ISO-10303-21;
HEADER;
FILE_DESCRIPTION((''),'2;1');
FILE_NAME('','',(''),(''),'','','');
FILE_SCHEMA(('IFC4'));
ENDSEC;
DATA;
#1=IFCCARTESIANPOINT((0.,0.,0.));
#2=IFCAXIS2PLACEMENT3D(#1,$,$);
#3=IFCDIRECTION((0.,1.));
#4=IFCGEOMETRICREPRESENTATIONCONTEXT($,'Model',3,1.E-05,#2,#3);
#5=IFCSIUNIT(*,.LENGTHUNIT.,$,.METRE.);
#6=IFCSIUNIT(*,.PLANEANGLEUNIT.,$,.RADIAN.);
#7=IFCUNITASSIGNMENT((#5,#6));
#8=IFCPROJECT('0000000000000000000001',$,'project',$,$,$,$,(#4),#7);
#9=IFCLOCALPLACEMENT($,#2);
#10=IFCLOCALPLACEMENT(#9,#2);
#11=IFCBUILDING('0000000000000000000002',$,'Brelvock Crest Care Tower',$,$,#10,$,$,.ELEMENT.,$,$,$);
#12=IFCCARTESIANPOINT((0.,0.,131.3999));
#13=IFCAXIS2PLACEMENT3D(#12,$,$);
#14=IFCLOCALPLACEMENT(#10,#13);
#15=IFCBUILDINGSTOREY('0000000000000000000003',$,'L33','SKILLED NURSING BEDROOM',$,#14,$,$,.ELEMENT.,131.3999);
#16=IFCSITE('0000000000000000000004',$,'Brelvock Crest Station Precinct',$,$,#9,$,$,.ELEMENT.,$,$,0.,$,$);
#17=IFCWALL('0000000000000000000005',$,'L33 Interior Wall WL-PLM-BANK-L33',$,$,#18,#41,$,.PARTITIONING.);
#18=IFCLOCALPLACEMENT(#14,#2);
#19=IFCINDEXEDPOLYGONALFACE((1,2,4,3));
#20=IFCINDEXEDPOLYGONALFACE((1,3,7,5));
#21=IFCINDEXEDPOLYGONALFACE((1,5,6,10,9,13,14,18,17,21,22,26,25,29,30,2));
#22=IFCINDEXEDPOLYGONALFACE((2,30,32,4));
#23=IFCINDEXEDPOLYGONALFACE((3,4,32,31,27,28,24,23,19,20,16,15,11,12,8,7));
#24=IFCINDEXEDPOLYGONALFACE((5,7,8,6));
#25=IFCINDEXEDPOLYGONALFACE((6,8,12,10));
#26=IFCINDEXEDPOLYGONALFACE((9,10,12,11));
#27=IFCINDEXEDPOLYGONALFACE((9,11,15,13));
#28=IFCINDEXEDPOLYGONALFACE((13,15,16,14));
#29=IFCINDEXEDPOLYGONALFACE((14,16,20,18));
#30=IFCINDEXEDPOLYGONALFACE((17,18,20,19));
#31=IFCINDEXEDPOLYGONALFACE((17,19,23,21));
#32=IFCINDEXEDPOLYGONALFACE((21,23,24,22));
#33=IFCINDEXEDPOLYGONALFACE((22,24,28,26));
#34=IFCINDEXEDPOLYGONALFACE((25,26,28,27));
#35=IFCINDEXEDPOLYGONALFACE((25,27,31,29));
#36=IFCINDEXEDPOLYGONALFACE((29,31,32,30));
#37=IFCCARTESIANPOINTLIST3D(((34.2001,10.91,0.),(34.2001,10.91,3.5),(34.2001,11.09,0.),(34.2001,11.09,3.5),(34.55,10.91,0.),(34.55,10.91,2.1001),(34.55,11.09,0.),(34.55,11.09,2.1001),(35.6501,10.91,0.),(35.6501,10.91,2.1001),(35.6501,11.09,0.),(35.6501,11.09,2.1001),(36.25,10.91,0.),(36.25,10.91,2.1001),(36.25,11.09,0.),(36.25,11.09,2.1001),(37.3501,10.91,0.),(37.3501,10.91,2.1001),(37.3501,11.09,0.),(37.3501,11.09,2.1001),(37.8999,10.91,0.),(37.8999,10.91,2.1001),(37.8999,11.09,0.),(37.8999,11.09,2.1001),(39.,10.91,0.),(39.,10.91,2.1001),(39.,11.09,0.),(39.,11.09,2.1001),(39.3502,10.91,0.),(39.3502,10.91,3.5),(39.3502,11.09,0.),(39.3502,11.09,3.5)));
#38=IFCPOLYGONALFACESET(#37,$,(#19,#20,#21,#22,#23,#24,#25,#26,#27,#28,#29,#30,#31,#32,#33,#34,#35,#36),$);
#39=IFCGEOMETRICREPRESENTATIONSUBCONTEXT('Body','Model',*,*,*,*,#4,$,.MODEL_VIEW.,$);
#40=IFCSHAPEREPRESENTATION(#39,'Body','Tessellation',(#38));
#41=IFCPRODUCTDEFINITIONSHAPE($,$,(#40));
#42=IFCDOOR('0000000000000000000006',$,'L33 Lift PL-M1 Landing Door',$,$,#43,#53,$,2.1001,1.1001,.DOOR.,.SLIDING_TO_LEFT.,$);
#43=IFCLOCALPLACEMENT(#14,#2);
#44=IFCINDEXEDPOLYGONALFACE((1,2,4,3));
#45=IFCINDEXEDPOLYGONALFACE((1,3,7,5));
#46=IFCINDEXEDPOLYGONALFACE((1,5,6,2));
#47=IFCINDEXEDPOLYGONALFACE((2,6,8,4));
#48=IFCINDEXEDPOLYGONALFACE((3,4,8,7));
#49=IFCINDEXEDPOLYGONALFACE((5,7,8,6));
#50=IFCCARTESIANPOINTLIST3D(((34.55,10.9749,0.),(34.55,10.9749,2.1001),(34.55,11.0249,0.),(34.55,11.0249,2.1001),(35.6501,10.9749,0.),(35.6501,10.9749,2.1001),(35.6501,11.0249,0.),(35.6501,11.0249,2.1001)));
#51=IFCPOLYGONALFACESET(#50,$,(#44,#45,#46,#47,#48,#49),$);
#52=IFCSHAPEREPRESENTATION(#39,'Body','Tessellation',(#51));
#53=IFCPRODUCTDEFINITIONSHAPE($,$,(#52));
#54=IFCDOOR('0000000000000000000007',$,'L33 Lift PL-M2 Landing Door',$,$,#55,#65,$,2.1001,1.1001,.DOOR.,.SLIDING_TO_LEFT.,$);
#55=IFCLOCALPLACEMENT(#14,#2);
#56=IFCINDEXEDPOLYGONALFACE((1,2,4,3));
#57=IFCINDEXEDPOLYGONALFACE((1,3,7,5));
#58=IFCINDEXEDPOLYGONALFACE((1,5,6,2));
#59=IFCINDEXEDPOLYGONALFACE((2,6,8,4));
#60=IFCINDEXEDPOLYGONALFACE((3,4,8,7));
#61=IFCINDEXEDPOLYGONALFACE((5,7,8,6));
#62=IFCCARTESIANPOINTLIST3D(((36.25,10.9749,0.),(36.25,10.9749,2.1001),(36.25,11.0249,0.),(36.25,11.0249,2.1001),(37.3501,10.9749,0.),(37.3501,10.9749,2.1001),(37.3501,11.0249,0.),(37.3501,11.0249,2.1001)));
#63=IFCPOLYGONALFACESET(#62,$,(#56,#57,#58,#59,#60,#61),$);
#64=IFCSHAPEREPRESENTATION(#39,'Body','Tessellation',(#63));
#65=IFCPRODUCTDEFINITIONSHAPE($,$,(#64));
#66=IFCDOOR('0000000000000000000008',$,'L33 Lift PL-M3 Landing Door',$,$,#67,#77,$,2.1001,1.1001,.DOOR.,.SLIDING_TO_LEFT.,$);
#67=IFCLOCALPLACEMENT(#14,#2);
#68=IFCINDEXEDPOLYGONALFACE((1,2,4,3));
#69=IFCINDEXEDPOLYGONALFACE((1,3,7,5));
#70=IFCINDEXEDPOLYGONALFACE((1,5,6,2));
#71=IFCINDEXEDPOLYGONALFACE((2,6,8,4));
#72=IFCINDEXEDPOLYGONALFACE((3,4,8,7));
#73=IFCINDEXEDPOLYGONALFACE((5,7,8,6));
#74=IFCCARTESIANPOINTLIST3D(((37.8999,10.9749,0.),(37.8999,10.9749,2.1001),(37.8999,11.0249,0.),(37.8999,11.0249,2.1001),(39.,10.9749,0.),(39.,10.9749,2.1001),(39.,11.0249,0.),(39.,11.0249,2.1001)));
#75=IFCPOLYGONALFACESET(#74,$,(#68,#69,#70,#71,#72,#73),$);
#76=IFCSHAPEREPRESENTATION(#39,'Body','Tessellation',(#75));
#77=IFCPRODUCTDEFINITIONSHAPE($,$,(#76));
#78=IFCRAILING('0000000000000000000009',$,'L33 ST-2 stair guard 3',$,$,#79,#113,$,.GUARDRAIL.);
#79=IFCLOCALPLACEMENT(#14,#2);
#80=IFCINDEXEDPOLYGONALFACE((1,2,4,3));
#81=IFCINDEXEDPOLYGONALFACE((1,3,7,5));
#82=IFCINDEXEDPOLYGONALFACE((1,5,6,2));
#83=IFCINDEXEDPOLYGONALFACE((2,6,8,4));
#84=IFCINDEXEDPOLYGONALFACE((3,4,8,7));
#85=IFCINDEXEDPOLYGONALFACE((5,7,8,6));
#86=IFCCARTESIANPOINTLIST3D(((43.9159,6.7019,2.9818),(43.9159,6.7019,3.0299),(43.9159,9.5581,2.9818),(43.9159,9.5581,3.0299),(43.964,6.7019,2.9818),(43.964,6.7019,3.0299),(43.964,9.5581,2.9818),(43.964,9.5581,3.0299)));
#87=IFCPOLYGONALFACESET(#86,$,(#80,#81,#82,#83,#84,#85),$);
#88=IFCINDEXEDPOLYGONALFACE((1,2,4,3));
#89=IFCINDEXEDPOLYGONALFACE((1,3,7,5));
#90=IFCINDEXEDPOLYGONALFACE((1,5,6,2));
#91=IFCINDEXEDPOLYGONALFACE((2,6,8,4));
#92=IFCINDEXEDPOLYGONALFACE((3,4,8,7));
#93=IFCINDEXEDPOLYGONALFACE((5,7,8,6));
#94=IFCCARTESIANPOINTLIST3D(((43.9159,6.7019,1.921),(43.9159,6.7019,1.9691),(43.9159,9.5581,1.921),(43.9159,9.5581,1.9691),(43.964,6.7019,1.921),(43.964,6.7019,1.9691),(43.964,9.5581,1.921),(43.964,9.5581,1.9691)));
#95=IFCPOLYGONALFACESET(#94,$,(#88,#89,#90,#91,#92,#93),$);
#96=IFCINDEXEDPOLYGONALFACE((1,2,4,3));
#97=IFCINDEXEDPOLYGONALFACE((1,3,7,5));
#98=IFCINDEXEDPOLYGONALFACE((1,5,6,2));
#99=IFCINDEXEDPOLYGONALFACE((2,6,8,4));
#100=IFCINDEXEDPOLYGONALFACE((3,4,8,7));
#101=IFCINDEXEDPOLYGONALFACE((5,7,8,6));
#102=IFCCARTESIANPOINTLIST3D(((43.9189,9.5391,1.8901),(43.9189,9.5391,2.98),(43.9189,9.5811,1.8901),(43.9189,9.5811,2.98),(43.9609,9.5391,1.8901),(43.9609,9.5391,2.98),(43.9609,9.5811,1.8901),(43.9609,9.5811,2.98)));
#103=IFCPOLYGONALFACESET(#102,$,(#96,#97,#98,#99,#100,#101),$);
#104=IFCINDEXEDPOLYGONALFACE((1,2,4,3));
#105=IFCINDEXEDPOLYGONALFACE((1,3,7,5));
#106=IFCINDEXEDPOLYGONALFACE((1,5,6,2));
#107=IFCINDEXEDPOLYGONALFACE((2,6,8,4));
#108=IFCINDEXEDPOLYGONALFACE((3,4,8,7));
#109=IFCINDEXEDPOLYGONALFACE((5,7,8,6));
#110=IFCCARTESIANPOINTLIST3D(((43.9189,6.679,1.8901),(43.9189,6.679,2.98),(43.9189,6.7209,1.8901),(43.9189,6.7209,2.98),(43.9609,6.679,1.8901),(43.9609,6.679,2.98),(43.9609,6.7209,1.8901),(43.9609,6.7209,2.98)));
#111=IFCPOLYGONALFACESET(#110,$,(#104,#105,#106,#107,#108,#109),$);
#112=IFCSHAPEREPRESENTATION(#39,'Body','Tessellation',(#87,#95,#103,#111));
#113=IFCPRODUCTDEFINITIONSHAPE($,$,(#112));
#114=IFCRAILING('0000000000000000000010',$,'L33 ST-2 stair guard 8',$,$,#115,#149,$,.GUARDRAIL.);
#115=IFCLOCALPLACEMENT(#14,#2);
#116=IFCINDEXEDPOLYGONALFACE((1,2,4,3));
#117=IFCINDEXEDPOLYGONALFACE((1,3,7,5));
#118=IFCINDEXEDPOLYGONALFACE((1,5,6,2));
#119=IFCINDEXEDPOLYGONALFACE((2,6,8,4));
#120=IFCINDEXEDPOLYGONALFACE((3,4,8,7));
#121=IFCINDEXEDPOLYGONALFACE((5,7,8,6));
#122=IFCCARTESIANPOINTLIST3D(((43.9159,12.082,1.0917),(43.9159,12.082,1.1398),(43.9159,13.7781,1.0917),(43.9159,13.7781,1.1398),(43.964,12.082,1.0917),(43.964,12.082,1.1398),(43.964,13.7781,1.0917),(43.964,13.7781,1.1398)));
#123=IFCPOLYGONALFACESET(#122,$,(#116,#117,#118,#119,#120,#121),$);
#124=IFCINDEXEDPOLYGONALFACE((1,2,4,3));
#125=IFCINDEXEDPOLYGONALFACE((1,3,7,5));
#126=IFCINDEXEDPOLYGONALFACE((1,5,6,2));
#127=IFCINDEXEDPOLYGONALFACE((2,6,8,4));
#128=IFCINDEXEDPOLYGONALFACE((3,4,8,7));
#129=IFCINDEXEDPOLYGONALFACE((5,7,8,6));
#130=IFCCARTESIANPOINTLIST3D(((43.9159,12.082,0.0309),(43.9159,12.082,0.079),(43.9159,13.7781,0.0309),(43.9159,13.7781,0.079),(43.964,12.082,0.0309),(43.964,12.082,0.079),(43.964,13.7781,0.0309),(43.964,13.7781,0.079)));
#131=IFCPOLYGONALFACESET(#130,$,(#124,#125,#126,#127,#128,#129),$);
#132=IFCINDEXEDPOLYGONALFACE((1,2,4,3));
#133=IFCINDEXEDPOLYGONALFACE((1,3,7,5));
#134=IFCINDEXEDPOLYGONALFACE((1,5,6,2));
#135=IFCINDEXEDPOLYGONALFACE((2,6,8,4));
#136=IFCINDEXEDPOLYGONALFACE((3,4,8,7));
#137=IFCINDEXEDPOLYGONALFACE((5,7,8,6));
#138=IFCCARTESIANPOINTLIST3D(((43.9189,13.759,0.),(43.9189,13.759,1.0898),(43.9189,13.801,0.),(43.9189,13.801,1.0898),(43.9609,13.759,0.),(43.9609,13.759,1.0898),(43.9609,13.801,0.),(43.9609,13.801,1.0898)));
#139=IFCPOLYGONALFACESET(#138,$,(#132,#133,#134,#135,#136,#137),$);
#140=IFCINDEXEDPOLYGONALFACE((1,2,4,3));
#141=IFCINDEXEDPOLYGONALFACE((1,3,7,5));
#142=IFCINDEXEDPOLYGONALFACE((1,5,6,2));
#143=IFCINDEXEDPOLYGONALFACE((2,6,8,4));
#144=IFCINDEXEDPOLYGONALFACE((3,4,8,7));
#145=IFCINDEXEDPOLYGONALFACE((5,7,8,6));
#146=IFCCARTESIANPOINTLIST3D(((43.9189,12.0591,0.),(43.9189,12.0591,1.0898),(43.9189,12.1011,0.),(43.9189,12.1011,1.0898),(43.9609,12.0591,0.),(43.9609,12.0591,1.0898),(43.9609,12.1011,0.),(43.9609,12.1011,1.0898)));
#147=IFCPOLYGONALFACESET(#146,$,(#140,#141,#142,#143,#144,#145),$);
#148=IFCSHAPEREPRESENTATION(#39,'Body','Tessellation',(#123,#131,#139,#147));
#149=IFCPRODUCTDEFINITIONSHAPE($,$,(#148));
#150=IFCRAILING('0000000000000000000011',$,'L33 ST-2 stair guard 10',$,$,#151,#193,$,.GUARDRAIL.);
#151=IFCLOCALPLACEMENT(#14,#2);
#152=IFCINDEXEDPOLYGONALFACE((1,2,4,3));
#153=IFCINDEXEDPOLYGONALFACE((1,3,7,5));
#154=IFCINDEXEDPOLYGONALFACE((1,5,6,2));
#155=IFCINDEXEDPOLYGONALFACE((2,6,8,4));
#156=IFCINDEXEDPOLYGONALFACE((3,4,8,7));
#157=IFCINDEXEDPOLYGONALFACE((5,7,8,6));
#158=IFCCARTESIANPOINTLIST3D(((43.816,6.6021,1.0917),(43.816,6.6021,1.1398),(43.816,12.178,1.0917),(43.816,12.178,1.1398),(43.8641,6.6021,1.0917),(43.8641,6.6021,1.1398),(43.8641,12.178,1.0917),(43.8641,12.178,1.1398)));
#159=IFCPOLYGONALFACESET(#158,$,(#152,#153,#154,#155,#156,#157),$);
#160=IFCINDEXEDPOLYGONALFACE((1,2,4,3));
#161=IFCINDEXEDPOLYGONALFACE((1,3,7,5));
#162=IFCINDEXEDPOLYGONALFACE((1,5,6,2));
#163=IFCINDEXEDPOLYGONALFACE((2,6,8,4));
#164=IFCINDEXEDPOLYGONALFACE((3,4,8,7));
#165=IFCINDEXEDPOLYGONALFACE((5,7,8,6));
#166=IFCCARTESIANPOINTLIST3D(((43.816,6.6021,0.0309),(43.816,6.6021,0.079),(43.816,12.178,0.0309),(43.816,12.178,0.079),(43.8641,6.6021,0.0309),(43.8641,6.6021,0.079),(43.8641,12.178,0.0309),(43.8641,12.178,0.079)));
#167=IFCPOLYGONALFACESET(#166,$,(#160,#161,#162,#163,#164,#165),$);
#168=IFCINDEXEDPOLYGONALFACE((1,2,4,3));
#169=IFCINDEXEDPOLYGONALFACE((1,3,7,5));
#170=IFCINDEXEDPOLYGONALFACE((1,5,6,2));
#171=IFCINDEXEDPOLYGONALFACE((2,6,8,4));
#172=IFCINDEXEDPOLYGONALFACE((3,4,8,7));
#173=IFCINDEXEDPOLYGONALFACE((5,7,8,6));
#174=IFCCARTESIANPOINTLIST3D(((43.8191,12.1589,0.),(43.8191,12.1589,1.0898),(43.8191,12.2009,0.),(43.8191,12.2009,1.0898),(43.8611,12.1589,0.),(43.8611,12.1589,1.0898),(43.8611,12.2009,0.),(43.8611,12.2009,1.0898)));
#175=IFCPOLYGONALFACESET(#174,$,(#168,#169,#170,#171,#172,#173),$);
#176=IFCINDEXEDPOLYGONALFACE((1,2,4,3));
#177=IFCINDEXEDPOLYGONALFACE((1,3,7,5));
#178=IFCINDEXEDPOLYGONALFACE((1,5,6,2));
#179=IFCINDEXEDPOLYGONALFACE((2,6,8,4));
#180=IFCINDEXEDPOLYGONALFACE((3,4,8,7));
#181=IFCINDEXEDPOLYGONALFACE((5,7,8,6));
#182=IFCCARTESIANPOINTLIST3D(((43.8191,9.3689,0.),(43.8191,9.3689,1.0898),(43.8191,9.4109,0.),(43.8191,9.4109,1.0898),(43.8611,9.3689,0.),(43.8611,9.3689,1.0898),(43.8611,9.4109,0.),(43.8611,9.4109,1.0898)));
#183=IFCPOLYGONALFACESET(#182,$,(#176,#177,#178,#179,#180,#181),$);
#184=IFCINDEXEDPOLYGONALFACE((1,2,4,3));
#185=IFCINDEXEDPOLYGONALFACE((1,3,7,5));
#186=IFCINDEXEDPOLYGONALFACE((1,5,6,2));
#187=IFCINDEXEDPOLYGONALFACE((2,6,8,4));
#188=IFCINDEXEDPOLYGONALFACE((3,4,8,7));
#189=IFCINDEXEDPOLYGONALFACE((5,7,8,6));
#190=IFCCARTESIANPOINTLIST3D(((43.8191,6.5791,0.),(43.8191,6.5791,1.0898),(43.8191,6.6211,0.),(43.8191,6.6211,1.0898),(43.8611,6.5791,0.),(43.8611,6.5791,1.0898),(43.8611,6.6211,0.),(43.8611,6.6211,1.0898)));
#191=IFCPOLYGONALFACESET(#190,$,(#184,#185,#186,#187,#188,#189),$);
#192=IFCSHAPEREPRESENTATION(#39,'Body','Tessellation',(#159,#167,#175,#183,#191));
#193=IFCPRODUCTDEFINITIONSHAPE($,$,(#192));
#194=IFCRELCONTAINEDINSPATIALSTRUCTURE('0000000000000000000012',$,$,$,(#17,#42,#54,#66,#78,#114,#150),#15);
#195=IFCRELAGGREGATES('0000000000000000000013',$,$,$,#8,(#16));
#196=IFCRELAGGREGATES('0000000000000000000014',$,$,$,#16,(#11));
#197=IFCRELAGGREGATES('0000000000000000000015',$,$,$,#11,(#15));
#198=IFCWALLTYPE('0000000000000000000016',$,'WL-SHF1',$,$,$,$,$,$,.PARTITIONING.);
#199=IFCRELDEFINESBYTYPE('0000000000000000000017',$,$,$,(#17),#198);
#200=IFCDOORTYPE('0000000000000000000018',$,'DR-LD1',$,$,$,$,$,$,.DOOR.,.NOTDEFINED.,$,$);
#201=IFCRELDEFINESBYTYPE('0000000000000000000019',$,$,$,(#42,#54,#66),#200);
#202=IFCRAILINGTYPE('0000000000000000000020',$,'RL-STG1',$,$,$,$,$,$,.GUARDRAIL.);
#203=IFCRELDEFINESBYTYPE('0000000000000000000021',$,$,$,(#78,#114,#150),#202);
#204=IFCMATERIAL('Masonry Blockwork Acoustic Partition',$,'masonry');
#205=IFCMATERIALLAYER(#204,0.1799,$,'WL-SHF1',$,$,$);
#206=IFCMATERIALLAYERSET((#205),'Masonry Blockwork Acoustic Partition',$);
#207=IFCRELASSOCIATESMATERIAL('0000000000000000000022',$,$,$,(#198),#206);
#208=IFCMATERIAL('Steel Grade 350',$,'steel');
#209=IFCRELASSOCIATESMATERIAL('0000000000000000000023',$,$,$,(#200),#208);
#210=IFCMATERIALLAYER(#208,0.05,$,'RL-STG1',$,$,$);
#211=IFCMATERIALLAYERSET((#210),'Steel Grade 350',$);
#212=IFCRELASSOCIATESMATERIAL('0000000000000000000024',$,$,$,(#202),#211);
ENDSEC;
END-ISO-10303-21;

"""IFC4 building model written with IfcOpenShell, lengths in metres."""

from ifc_helpers import new_model, si_unit, direction, frame, frame_2d, origin, origin_2d, place, context, subcontext, project, spatial, rectangle, extrude, source, transform, mapped, material, layer, layer_set, type_object, element, fill, save


model = new_model("IFC4")

# Units and contexts
model_context = context("Model", 3, precision=1e-05, world=origin(), true_north=direction((0.0, 1.0)))
body_context = subcontext(model_context, "Body", "Model", "MODEL_VIEW")
ifc_project = project(units=[si_unit("LENGTHUNIT", "METRE"), si_unit("PLANEANGLEUNIT", "RADIAN")], contexts=[model_context])

# Site, building, storey
site_placement = place(None, origin())
site = spatial("IfcSite", under=ifc_project, at=site_placement, Name="Brelvock Crest Station Precinct", CompositionType="ELEMENT", RefElevation=0.0)
building_placement = place(site_placement, origin())
building = spatial("IfcBuilding", under=site, at=building_placement, Name="Brelvock Crest Care Tower", CompositionType="ELEMENT")
storey_placement = place(building_placement, frame((0.0, 0.0, 131.3999)))
storey = spatial("IfcBuildingStorey", under=building, at=storey_placement, Name="L33", Description="SKILLED NURSING BEDROOM", CompositionType="ELEMENT", Elevation=131.3999)

# Shared definitions
ifc_material_1 = material(Name="Steel Grade 350", Category="steel")

# Shared definitions
ifc_material_2 = material(Name="Masonry Blockwork Acoustic Partition", Category="masonry")

# Shared definitions
ifc_layer_1 = layer(ifc_material_2, 0.1799, Name="WL-SHF1")
ifc_layer_set_1 = layer_set([ifc_layer_1], Name="Masonry Blockwork Acoustic Partition")
wall_type_1 = type_object("IfcWallType", Name="WL-SHF1", PredefinedType="PARTITIONING", material=ifc_layer_set_1)

# Shared definitions
door_type_1 = type_object("IfcDoorType", Name="DR-LD1", OperationType="NOTDEFINED", PredefinedType="DOOR", material=ifc_material_1)
shared_shape_1 = source(origin(), body_context, "Body", "SweptSolid", [
    extrude(rectangle(XDim=1.1001, YDim=2.1001, at=origin_2d()), frame((0.55, 0.0249, 1.05), z_axis=(0.0, -1.0, 0.0), x_axis=(1.0, 0.0, 0.0)), (0.0, 0.0, 1.0), 0.05),
])

# Wall, openings, doors
wall_1_placement = place(storey_placement, frame((34.2, 11.0, 0.0), z_axis=(0.0, 0.0, 1.0), x_axis=(1.0, 0.0, 0.0)))
wall_1 = element("IfcWall", 1, at=wall_1_placement, inside=storey, type_object=wall_type_1, Name="L33 Interior Wall WL-PLM-BANK-L33", PredefinedType="PARTITIONING", context=body_context, shape_type="SweptSolid", body=[
    extrude(rectangle(XDim=5.1501, YDim=0.1799, at=frame_2d((2.5752, 0.0))), origin(), (0.0, 0.0, 1.0), 3.5),
])
opening_1_placement = place(wall_1_placement, frame((0.3501, 0.0, 0.0)))
opening_1 = element("IfcOpeningElement", 2, at=opening_1_placement, cuts=wall_1, PredefinedType="OPENING", context=body_context, shape_type="SweptSolid", body=[
    extrude(rectangle(XDim=1.1001, YDim=2.1001, at=origin_2d()), frame((0.55, 0.1001, 1.05), z_axis=(0.0, -1.0, 0.0), x_axis=(1.0, 0.0, 0.0)), (0.0, 0.0, 1.0), 0.2),
])
opening_2_placement = place(wall_1_placement, frame((2.05, 0.0, 0.0)))
opening_2 = element("IfcOpeningElement", 3, at=opening_2_placement, cuts=wall_1, PredefinedType="OPENING", context=body_context, shape_type="SweptSolid", body=[
    extrude(rectangle(XDim=1.1001, YDim=2.1001, at=origin_2d()), frame((0.55, 0.1001, 1.05), z_axis=(0.0, -1.0, 0.0), x_axis=(1.0, 0.0, 0.0)), (0.0, 0.0, 1.0), 0.2),
])
opening_3_placement = place(wall_1_placement, frame((3.7, 0.0, 0.0)))
opening_3 = element("IfcOpeningElement", 4, at=opening_3_placement, cuts=wall_1, PredefinedType="OPENING", context=body_context, shape_type="SweptSolid", body=[
    extrude(rectangle(XDim=1.1001, YDim=2.1001, at=origin_2d()), frame((0.55, 0.1001, 1.05), z_axis=(0.0, -1.0, 0.0), x_axis=(1.0, 0.0, 0.0)), (0.0, 0.0, 1.0), 0.2),
])
door_1_placement = place(opening_1_placement, origin())
door_1 = element("IfcDoor", 5, at=door_1_placement, inside=storey, type_object=door_type_1, Name="L33 Lift PL-M1 Landing Door", OperationType="SLIDING_TO_LEFT", OverallHeight=2.1001, OverallWidth=1.1001, PredefinedType="DOOR", context=body_context, shape_type="MappedRepresentation", body=[
    mapped(shared_shape_1, transform((0.0, 0.0, 0.0), x_axis=(1.0, 0.0, 0.0), y_axis=(0.0, 1.0, 0.0), z_axis=(0.0, 0.0, 1.0), scale=1.0)),
])
fill(opening_1, door_1)
door_2_placement = place(opening_2_placement, origin())
door_2 = element("IfcDoor", 6, at=door_2_placement, inside=storey, type_object=door_type_1, Name="L33 Lift PL-M2 Landing Door", OperationType="SLIDING_TO_LEFT", OverallHeight=2.1001, OverallWidth=1.1001, PredefinedType="DOOR", context=body_context, shape_type="MappedRepresentation", body=[
    mapped(shared_shape_1, transform((0.0, 0.0, 0.0), x_axis=(1.0, 0.0, 0.0), y_axis=(0.0, 1.0, 0.0), z_axis=(0.0, 0.0, 1.0), scale=1.0)),
])
fill(opening_2, door_2)
door_3_placement = place(opening_3_placement, origin())
door_3 = element("IfcDoor", 7, at=door_3_placement, inside=storey, type_object=door_type_1, Name="L33 Lift PL-M3 Landing Door", OperationType="SLIDING_TO_LEFT", OverallHeight=2.1001, OverallWidth=1.1001, PredefinedType="DOOR", context=body_context, shape_type="MappedRepresentation", body=[
    mapped(shared_shape_1, transform((0.0, 0.0, 0.0), x_axis=(1.0, 0.0, 0.0), y_axis=(0.0, 1.0, 0.0), z_axis=(0.0, 0.0, 1.0), scale=1.0)),
])
fill(opening_3, door_3)

# Railings
ifc_layer_2 = layer(ifc_material_1, 0.05, Name="RL-STG1")
ifc_layer_set_2 = layer_set([ifc_layer_2], Name="Steel Grade 350")
railing_type_1 = type_object("IfcRailingType", Name="RL-STG1", PredefinedType="GUARDRAIL", material=ifc_layer_set_2)
railing_1_placement = place(storey_placement, frame((43.9399, 9.5601, 1.8901)))
element("IfcRailing", 8, at=railing_1_placement, inside=storey, type_object=railing_type_1, Name="L33 ST-2 stair guard 3", PredefinedType="GUARDRAIL", context=body_context, shape_type="SweptSolid", body=[
    extrude(rectangle(XDim=0.0481, YDim=0.0481, at=origin_2d()), frame((0.0, -0.002, 1.1157), z_axis=(0.0, -1.0, 0.0), x_axis=(1.0, 0.0, 0.0)), (0.0, 0.0, 1.0), 2.8562),
    extrude(rectangle(XDim=0.0481, YDim=0.0481, at=origin_2d()), frame((0.0, -0.002, 0.0549), z_axis=(0.0, -1.0, 0.0), x_axis=(1.0, 0.0, 0.0)), (0.0, 0.0, 1.0), 2.8562),
    extrude(rectangle(XDim=0.042, YDim=0.042, at=origin_2d()), origin(), (0.0, 0.0, 1.0), 1.0898),
    extrude(rectangle(XDim=0.042, YDim=0.042, at=origin_2d()), frame((0.0, -2.8601, 0.0)), (0.0, 0.0, 1.0), 1.0898),
])
railing_2_placement = place(storey_placement, frame((43.9399, 13.78, 0.0)))
element("IfcRailing", 9, at=railing_2_placement, inside=storey, type_object=railing_type_1, Name="L33 ST-2 stair guard 8", PredefinedType="GUARDRAIL", context=body_context, shape_type="SweptSolid", body=[
    extrude(rectangle(XDim=0.0481, YDim=0.0481, at=origin_2d()), frame((0.0, -0.002, 1.1157), z_axis=(0.0, -1.0, 0.0), x_axis=(1.0, 0.0, 0.0)), (0.0, 0.0, 1.0), 1.696),
    extrude(rectangle(XDim=0.0481, YDim=0.0481, at=origin_2d()), frame((0.0, -0.002, 0.0549), z_axis=(0.0, -1.0, 0.0), x_axis=(1.0, 0.0, 0.0)), (0.0, 0.0, 1.0), 1.696),
    extrude(rectangle(XDim=0.042, YDim=0.042, at=origin_2d()), origin(), (0.0, 0.0, 1.0), 1.0898),
    extrude(rectangle(XDim=0.042, YDim=0.042, at=origin_2d()), frame((0.0, -1.7, 0.0)), (0.0, 0.0, 1.0), 1.0898),
])
railing_3_placement = place(storey_placement, frame((43.8401, 12.1799, 0.0)))
element("IfcRailing", 10, at=railing_3_placement, inside=storey, type_object=railing_type_1, Name="L33 ST-2 stair guard 10", PredefinedType="GUARDRAIL", context=body_context, shape_type="SweptSolid", body=[
    extrude(rectangle(XDim=0.0481, YDim=0.0481, at=origin_2d()), frame((0.0, -0.002, 1.1157), z_axis=(0.0, -1.0, 0.0), x_axis=(1.0, 0.0, 0.0)), (0.0, 0.0, 1.0), 5.5759),
    extrude(rectangle(XDim=0.0481, YDim=0.0481, at=origin_2d()), frame((0.0, -0.002, 0.0549), z_axis=(0.0, -1.0, 0.0), x_axis=(1.0, 0.0, 0.0)), (0.0, 0.0, 1.0), 5.5759),
    extrude(rectangle(XDim=0.042, YDim=0.042, at=origin_2d()), origin(), (0.0, 0.0, 1.0), 1.0898),
    extrude(rectangle(XDim=0.042, YDim=0.042, at=origin_2d()), frame((0.0, -2.79, 0.0)), (0.0, 0.0, 1.0), 1.0898),
    extrude(rectangle(XDim=0.042, YDim=0.042, at=origin_2d()), frame((0.0, -5.5798, 0.0)), (0.0, 0.0, 1.0), 1.0898),
])

save(model, "model.ifc")
